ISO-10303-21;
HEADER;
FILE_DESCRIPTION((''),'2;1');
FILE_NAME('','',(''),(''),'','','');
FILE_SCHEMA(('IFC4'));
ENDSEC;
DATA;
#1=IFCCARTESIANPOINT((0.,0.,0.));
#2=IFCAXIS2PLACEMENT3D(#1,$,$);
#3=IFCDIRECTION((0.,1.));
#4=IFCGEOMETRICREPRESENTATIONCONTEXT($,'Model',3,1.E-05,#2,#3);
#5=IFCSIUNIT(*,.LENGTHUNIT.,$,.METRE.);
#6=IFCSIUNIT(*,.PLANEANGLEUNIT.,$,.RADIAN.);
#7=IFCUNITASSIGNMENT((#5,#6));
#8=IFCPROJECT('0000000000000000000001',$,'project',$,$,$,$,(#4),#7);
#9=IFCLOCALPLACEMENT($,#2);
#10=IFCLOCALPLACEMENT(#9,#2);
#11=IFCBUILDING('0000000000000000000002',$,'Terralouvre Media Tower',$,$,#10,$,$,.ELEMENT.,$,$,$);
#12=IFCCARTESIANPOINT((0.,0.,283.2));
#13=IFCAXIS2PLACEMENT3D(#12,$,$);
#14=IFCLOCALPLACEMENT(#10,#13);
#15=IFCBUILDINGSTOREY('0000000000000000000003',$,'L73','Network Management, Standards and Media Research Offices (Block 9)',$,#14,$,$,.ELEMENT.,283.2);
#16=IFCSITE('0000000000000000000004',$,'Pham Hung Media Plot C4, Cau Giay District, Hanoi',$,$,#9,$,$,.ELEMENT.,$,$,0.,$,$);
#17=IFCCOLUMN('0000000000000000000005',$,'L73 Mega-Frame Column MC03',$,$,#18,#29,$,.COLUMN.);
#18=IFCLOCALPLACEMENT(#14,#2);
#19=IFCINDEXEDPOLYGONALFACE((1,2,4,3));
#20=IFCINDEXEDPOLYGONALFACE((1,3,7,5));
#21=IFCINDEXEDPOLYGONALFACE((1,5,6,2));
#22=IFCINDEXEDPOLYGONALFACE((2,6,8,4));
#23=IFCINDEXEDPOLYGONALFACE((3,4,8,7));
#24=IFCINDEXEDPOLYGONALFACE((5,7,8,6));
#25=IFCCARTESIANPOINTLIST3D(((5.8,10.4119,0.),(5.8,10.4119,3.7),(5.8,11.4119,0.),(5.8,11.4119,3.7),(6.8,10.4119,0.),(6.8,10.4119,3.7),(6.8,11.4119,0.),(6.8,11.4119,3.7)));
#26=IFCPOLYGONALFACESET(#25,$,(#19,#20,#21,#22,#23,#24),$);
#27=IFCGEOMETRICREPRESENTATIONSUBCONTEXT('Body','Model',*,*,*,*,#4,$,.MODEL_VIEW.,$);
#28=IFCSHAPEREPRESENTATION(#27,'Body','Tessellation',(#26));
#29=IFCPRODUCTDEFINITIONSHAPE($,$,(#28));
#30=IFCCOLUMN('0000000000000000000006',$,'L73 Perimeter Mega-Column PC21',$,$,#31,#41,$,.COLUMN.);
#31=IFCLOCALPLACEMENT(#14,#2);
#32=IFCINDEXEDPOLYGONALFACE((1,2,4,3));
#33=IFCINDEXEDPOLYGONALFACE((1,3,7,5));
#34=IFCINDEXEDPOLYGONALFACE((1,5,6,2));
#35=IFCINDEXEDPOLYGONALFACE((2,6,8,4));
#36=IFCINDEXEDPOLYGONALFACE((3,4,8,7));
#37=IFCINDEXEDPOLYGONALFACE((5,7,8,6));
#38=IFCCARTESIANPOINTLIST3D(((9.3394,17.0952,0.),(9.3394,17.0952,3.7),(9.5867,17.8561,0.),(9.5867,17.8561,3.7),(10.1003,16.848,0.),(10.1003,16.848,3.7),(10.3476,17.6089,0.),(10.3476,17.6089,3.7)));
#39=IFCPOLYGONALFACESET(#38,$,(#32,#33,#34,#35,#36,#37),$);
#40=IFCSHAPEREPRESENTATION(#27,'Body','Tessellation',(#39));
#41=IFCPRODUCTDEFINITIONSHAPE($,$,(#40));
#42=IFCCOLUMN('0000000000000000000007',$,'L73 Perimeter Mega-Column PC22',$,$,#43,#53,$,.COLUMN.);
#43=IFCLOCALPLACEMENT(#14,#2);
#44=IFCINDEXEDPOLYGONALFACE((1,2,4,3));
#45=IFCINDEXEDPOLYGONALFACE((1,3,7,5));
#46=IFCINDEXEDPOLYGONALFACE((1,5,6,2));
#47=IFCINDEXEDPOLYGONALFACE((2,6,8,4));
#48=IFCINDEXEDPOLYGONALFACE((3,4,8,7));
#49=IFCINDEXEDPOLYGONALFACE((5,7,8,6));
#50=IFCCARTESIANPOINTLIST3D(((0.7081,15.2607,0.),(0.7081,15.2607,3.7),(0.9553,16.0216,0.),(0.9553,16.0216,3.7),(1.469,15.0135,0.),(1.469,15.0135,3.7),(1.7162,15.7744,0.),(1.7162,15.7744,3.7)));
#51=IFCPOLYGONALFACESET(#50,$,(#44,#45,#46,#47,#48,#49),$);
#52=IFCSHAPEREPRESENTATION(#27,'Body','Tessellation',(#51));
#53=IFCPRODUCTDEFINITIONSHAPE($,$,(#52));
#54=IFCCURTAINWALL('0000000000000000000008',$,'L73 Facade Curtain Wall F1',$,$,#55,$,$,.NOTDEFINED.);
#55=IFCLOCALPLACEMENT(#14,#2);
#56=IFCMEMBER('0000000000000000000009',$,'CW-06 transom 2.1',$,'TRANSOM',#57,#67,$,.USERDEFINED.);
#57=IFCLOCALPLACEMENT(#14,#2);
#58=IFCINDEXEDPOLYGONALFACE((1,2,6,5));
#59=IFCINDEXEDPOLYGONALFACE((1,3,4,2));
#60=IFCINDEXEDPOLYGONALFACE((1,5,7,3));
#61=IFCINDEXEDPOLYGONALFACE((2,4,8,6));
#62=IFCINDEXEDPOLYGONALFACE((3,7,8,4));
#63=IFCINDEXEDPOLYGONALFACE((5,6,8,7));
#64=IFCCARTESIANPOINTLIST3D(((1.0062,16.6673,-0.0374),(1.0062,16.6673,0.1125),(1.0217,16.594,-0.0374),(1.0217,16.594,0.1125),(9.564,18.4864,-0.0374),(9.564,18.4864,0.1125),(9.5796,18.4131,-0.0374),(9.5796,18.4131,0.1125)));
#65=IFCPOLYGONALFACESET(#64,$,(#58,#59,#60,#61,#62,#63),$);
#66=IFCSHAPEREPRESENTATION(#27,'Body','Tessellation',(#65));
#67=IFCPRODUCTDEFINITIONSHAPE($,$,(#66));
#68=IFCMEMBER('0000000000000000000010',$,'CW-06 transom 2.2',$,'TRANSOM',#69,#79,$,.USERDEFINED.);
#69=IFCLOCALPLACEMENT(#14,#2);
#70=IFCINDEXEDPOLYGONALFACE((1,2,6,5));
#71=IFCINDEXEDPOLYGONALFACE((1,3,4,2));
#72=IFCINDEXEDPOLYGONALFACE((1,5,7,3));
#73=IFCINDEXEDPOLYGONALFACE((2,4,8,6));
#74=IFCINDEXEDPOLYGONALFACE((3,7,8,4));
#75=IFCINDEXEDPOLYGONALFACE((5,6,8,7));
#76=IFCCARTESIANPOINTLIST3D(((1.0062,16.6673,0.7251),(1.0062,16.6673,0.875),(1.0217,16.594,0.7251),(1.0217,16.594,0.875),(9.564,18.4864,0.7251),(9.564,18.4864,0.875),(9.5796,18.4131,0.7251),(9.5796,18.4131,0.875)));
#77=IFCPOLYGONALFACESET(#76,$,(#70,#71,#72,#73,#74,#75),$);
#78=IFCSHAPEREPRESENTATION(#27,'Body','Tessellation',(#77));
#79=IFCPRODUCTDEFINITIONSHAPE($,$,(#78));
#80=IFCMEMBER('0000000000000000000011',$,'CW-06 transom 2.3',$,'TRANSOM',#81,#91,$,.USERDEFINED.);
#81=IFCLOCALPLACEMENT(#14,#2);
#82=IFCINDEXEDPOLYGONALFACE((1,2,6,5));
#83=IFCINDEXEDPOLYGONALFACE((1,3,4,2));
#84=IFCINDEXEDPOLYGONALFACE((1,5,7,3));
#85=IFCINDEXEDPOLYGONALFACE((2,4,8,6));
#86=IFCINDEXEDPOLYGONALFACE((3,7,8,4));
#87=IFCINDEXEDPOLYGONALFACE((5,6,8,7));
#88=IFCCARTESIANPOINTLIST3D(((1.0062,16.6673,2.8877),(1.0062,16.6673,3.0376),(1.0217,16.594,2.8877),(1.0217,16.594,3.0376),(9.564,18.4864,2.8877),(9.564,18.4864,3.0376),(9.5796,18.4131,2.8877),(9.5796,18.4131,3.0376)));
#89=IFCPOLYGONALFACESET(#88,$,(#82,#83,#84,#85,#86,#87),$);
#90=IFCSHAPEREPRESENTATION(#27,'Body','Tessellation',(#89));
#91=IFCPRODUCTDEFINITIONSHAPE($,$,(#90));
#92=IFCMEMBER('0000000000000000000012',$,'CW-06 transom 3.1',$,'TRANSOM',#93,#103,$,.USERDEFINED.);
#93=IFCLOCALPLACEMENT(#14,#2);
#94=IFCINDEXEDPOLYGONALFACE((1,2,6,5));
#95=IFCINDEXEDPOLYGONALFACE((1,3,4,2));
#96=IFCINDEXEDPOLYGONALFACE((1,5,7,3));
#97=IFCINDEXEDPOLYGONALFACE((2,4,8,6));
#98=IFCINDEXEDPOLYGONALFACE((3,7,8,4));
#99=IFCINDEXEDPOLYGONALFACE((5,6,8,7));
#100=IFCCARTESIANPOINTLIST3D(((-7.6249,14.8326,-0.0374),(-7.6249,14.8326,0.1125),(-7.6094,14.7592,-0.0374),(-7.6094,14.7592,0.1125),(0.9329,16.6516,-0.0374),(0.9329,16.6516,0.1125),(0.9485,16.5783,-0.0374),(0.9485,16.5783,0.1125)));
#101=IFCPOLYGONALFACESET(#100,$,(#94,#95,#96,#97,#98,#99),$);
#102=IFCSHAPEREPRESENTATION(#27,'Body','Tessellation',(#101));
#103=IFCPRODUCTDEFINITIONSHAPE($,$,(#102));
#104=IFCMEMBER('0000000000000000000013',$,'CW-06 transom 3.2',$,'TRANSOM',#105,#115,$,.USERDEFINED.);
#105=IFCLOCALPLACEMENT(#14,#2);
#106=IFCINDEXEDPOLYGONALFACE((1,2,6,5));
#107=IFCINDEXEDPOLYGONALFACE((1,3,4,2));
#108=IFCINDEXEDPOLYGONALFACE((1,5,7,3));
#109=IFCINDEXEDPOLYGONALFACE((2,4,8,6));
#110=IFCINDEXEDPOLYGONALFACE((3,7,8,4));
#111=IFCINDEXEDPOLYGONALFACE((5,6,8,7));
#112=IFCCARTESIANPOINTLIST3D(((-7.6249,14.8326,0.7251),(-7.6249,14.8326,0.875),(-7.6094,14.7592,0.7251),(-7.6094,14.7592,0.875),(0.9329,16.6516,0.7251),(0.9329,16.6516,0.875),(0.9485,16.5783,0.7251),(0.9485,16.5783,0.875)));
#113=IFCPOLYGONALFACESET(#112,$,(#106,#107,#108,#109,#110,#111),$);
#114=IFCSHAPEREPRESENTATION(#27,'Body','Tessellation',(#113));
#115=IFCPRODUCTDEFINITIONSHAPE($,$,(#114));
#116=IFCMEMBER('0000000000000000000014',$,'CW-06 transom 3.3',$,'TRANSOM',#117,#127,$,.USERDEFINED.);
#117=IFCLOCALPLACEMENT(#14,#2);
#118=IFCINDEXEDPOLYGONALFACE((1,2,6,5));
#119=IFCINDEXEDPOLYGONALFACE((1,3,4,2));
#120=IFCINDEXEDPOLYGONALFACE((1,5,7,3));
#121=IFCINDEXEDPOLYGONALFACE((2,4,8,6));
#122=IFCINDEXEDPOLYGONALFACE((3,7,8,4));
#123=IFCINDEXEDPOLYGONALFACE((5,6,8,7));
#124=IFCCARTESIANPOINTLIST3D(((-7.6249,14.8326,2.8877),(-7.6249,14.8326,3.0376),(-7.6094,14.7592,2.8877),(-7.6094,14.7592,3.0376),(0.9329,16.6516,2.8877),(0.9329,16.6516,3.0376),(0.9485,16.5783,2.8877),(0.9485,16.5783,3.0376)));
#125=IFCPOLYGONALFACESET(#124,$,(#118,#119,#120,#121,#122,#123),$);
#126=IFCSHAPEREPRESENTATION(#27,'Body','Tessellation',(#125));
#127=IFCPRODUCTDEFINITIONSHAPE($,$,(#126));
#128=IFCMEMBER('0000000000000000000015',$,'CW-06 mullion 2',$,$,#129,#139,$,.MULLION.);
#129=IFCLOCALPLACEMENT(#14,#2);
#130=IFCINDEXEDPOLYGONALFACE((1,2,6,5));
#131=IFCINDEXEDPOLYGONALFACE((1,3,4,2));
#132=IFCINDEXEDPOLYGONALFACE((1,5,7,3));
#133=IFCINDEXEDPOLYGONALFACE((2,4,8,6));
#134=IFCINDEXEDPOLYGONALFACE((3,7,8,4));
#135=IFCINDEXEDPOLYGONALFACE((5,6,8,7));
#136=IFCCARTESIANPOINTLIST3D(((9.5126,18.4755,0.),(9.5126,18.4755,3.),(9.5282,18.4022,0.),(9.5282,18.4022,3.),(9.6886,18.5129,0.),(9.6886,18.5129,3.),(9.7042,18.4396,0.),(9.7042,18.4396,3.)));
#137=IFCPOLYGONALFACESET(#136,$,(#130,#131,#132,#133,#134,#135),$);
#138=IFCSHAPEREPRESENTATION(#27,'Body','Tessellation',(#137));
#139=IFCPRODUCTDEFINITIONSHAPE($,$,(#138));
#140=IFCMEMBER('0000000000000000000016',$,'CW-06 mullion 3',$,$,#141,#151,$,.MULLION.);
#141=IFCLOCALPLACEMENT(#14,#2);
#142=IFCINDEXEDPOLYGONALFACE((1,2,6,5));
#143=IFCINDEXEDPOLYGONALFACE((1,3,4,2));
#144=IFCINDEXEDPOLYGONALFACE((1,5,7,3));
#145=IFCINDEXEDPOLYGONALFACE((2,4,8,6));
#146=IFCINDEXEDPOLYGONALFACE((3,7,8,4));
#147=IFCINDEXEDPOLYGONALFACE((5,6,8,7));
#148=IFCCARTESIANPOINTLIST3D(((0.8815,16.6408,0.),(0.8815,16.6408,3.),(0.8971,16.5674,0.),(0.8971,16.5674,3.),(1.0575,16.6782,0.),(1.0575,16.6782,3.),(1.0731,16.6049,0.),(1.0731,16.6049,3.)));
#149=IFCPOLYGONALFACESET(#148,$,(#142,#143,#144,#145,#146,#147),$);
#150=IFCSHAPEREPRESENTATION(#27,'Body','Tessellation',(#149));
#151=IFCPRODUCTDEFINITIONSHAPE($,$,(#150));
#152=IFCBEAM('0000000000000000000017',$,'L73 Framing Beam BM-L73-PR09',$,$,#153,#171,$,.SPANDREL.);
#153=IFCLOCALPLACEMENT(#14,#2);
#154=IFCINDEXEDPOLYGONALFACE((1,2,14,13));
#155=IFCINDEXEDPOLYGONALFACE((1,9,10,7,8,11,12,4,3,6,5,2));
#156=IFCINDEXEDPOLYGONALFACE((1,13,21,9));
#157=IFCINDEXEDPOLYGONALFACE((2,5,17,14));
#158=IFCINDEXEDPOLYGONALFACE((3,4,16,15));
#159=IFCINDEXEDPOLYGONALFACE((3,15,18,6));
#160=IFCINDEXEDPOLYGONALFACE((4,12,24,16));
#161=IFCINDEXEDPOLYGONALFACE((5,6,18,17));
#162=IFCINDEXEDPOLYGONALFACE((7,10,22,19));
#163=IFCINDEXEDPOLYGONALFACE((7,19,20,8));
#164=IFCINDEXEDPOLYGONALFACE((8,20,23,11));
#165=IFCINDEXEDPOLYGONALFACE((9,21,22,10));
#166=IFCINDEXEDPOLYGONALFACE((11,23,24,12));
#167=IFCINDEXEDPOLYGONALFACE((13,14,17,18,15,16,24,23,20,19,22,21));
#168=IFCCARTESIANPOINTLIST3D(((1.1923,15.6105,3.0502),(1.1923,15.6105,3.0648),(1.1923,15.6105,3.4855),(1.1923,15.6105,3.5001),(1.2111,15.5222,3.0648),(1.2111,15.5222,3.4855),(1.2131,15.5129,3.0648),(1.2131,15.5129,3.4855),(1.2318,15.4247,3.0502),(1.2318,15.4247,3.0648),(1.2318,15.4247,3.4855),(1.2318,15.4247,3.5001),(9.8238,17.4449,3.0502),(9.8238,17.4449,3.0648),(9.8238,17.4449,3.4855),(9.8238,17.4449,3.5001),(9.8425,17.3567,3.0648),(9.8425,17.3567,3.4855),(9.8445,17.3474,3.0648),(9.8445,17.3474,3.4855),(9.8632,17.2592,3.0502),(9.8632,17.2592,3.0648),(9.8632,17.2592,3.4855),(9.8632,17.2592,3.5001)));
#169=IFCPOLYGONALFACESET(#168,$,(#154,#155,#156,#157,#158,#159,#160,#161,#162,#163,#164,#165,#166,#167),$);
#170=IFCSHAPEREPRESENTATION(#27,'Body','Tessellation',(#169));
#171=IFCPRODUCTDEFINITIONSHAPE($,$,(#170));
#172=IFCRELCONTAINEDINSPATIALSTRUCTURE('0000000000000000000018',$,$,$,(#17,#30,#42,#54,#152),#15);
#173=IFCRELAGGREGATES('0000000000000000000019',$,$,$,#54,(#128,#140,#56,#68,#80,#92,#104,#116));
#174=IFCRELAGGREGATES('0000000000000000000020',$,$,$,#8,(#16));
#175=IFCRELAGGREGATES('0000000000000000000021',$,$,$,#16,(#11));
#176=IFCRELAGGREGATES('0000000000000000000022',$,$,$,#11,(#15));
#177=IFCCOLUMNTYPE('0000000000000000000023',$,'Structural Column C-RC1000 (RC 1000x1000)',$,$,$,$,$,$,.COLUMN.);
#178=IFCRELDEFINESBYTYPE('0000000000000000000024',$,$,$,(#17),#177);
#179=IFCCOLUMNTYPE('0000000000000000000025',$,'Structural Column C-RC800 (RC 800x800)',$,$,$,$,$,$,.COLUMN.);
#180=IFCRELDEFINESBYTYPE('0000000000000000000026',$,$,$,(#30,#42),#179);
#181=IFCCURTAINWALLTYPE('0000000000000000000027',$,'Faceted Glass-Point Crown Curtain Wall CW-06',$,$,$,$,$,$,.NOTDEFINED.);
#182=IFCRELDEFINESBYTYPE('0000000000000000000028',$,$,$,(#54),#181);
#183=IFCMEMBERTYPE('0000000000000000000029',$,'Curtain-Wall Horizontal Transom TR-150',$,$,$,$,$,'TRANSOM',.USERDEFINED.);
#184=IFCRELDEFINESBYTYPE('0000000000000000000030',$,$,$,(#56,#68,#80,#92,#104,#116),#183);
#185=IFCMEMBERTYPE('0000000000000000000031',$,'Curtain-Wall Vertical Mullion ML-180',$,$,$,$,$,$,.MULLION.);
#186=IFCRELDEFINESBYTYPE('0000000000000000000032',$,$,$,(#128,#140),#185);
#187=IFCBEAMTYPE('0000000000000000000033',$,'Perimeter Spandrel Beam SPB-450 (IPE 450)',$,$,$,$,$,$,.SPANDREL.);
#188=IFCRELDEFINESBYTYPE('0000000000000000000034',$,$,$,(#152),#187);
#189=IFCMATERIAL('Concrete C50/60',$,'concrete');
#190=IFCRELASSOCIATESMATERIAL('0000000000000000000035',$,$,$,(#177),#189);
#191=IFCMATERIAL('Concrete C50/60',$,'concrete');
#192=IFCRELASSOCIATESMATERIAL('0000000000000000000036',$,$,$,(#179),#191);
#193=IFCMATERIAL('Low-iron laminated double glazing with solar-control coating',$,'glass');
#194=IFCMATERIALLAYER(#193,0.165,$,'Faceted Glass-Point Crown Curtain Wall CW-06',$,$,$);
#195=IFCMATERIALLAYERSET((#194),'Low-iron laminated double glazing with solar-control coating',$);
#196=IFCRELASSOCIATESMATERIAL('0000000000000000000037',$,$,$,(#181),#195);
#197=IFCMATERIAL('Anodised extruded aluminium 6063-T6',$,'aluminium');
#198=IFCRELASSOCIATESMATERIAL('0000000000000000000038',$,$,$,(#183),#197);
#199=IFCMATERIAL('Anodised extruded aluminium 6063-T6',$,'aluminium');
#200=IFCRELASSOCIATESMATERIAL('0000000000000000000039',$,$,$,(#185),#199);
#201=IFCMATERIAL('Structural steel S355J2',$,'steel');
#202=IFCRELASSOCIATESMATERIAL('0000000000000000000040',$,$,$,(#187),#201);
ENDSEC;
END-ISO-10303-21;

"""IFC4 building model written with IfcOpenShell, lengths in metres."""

from ifc_helpers import new_model, si_unit, direction, frame, origin, origin_2d, place, context, subcontext, project, spatial, rectangle, i_section, extrude, material, layer, layer_set, material_profile, profile_set, type_object, element, aggregate, save


model = new_model("IFC4")

# Units and contexts
model_context = context("Model", 3, precision=1e-05, world=origin(), true_north=direction((0.0, 1.0)))
body_context = subcontext(model_context, "Body", "Model", "MODEL_VIEW")
ifc_project = project(units=[si_unit("LENGTHUNIT", "METRE"), si_unit("PLANEANGLEUNIT", "RADIAN")], contexts=[model_context])

# Site, building, storey
site_placement = place(None, origin())
site = spatial("IfcSite", under=ifc_project, at=site_placement, Name="Pham Hung Media Plot C4, Cau Giay District, Hanoi", CompositionType="ELEMENT", RefElevation=0.0)
building_placement = place(site_placement, origin())
building = spatial("IfcBuilding", under=site, at=building_placement, Name="Terralouvre Media Tower", CompositionType="ELEMENT")
storey_placement = place(building_placement, frame((0.0, 0.0, 283.2)))
storey = spatial("IfcBuildingStorey", under=building, at=storey_placement, Name="L73", Description="Network Management, Standards and Media Research Offices (Block 9)", CompositionType="ELEMENT", Elevation=283.2)

# Columns
ifc_material_1 = material(Name="Concrete C50/60", Category="concrete")
ifc_material_profile_1 = material_profile(ifc_material_1, rectangle(XDim=1.0, YDim=1.0, at=origin_2d()), Name="RC 1000x1000")
ifc_profile_set_1 = profile_set([ifc_material_profile_1], Name="Concrete C50/60")
column_type_1 = type_object("IfcColumnType", Name="Structural Column C-RC1000 (RC 1000x1000)", PredefinedType="COLUMN", material=ifc_profile_set_1)
column_placement = place(storey_placement, frame((6.3, 10.9119, 0.0), z_axis=(0.0, 0.0, 1.0), x_axis=(1.0, 0.0, 0.0)))
element("IfcColumn", 1, at=column_placement, inside=storey, type_object=column_type_1, Name="L73 Mega-Frame Column MC03", PredefinedType="COLUMN", context=body_context, shape_type="SweptSolid", body=[
    extrude(rectangle(XDim=1.0, YDim=1.0, at=origin_2d()), origin(), (0.0, 0.0, 1.0), 3.7),
])
ifc_material_2 = material(Name="Concrete C50/60", Category="concrete")
ifc_material_profile_2 = material_profile(ifc_material_2, rectangle(XDim=0.8, YDim=0.8, at=origin_2d()), Name="RC 800x800")
ifc_profile_set_2 = profile_set([ifc_material_profile_2], Name="Concrete C50/60")
column_type_2 = type_object("IfcColumnType", Name="Structural Column C-RC800 (RC 800x800)", PredefinedType="COLUMN", material=ifc_profile_set_2)
for number, where, z_axis, x_axis, name in (
    (2, (9.8435, 17.3521, 0.0), (0.0, 0.0, 1.0), (0.309017, 0.951057, 0.0), "L73 Perimeter Mega-Column PC21"),
    (3, (1.2122, 15.5176, 0.0), (0.0, 0.0, 1.0), (0.309017, 0.951057, 0.0), "L73 Perimeter Mega-Column PC22"),
):
    element("IfcColumn", number, at=place(storey_placement, frame(where, z_axis=z_axis, x_axis=x_axis)), inside=storey, type_object=column_type_2, Name=name, PredefinedType="COLUMN", context=body_context, shape_type="SweptSolid", body=[
        extrude(rectangle(XDim=0.8, YDim=0.8, at=origin_2d()), origin(), (0.0, 0.0, 1.0), 3.7),
    ])

# Curtain wall, members
ifc_material_3 = material(Name="Low-iron laminated double glazing with solar-control coating", Category="glass")
ifc_layer_1 = layer(ifc_material_3, 0.165, Name="Faceted Glass-Point Crown Curtain Wall CW-06")
ifc_layer_set_1 = layer_set([ifc_layer_1], Name="Low-iron laminated double glazing with solar-control coating")
curtain_wall_type = type_object("IfcCurtainWallType", Name="Faceted Glass-Point Crown Curtain Wall CW-06", PredefinedType="NOTDEFINED", material=ifc_layer_set_1)
curtain_wall_placement = place(storey_placement, origin())
curtain_wall = element("IfcCurtainWall", 4, at=curtain_wall_placement, inside=storey, type_object=curtain_wall_type, Name="L73 Facade Curtain Wall F1", PredefinedType="NOTDEFINED")
ifc_material_4 = material(Name="Anodised extruded aluminium 6063-T6", Category="aluminium")
ifc_material_profile_3 = material_profile(ifc_material_4, rectangle(XDim=0.075, YDim=0.1499, at=origin_2d()), Name="ALU 75x150")
ifc_profile_set_3 = profile_set([ifc_material_profile_3], Name="Anodised extruded aluminium 6063-T6")
member_type_1 = type_object("IfcMemberType", Name="Curtain-Wall Horizontal Transom TR-150", ElementType="TRANSOM", PredefinedType="USERDEFINED", material=ifc_profile_set_3)
member_1_placement = place(storey_placement, frame((9.5718, 18.4497, 0.0376), z_axis=(-0.978146, -0.207918, 0.0), x_axis=(0.207918, -0.978146, 0.0)))
member_1 = element("IfcMember", 5, at=member_1_placement, type_object=member_type_1, Name="CW-06 transom 2.1", ObjectType="TRANSOM", PredefinedType="USERDEFINED", context=body_context, shape_type="SweptSolid", body=[
    extrude(rectangle(XDim=0.075, YDim=0.1499, at=origin_2d()), origin(), (0.0, 0.0, 1.0), 8.749),
])
member_2_placement = place(storey_placement, frame((9.5718, 18.4497, 0.8), z_axis=(-0.978146, -0.207918, 0.0), x_axis=(0.207918, -0.978146, 0.0)))
member_2 = element("IfcMember", 6, at=member_2_placement, type_object=member_type_1, Name="CW-06 transom 2.2", ObjectType="TRANSOM", PredefinedType="USERDEFINED", context=body_context, shape_type="SweptSolid", body=[
    extrude(rectangle(XDim=0.075, YDim=0.1499, at=origin_2d()), origin(), (0.0, 0.0, 1.0), 8.749),
])
member_3_placement = place(storey_placement, frame((9.5718, 18.4497, 2.9626), z_axis=(-0.978146, -0.207918, 0.0), x_axis=(0.207918, -0.978146, 0.0)))
member_3 = element("IfcMember", 7, at=member_3_placement, type_object=member_type_1, Name="CW-06 transom 2.3", ObjectType="TRANSOM", PredefinedType="USERDEFINED", context=body_context, shape_type="SweptSolid", body=[
    extrude(rectangle(XDim=0.075, YDim=0.1499, at=origin_2d()), origin(), (0.0, 0.0, 1.0), 8.749),
])
member_4_placement = place(storey_placement, frame((0.9407, 16.615, 0.0376), z_axis=(-0.978146, -0.207918, 0.0), x_axis=(0.207918, -0.978146, 0.0)))
member_4 = element("IfcMember", 8, at=member_4_placement, type_object=member_type_1, Name="CW-06 transom 3.1", ObjectType="TRANSOM", PredefinedType="USERDEFINED", context=body_context, shape_type="SweptSolid", body=[
    extrude(rectangle(XDim=0.075, YDim=0.1499, at=origin_2d()), origin(), (0.0, 0.0, 1.0), 8.749),
])
member_5_placement = place(storey_placement, frame((0.9407, 16.615, 0.8), z_axis=(-0.978146, -0.207918, 0.0), x_axis=(0.207918, -0.978146, 0.0)))
member_5 = element("IfcMember", 9, at=member_5_placement, type_object=member_type_1, Name="CW-06 transom 3.2", ObjectType="TRANSOM", PredefinedType="USERDEFINED", context=body_context, shape_type="SweptSolid", body=[
    extrude(rectangle(XDim=0.075, YDim=0.1499, at=origin_2d()), origin(), (0.0, 0.0, 1.0), 8.749),
])
member_6_placement = place(storey_placement, frame((0.9407, 16.615, 2.9626), z_axis=(-0.978146, -0.207918, 0.0), x_axis=(0.207918, -0.978146, 0.0)))
member_6 = element("IfcMember", 10, at=member_6_placement, type_object=member_type_1, Name="CW-06 transom 3.3", ObjectType="TRANSOM", PredefinedType="USERDEFINED", context=body_context, shape_type="SweptSolid", body=[
    extrude(rectangle(XDim=0.075, YDim=0.1499, at=origin_2d()), origin(), (0.0, 0.0, 1.0), 8.749),
])
ifc_material_5 = material(Name="Anodised extruded aluminium 6063-T6", Category="aluminium")
ifc_material_profile_4 = material_profile(ifc_material_5, rectangle(XDim=0.075, YDim=0.1799, at=origin_2d()), Name="ALU 75x180")
ifc_profile_set_4 = profile_set([ifc_material_profile_4], Name="Anodised extruded aluminium 6063-T6")
member_type_2 = type_object("IfcMemberType", Name="Curtain-Wall Vertical Mullion ML-180", PredefinedType="MULLION", material=ifc_profile_set_4)
member_7_placement = place(storey_placement, frame((9.6084, 18.4575, 0.0), z_axis=(0.0, 0.0, 1.0), x_axis=(0.207912, -0.978148, 0.0)))
member_7 = element("IfcMember", 11, at=member_7_placement, type_object=member_type_2, Name="CW-06 mullion 2", PredefinedType="MULLION", context=body_context, shape_type="SweptSolid", body=[
    extrude(rectangle(XDim=0.075, YDim=0.1799, at=origin_2d()), origin(), (0.0, 0.0, 1.0), 3.0),
])
member_8_placement = place(storey_placement, frame((0.9773, 16.6228, 0.0), z_axis=(0.0, 0.0, 1.0), x_axis=(0.207912, -0.978148, 0.0)))
member_8 = element("IfcMember", 12, at=member_8_placement, type_object=member_type_2, Name="CW-06 mullion 3", PredefinedType="MULLION", context=body_context, shape_type="SweptSolid", body=[
    extrude(rectangle(XDim=0.075, YDim=0.1799, at=origin_2d()), origin(), (0.0, 0.0, 1.0), 3.0),
])

# Beam
ifc_material_6 = material(Name="Structural steel S355J2", Category="steel")
ifc_material_profile_5 = material_profile(ifc_material_6, i_section(OverallWidth=0.1899, OverallDepth=0.45, WebThickness=0.0095, FlangeThickness=0.0146, at=origin_2d()), Name="IPE 450")
ifc_profile_set_5 = profile_set([ifc_material_profile_5], Name="Structural steel S355J2")
beam_type_1 = type_object("IfcBeamType", Name="Perimeter Spandrel Beam SPB-450 (IPE 450)", PredefinedType="SPANDREL", material=ifc_profile_set_5)
beam_1_placement = place(storey_placement, frame((9.8435, 17.3521, 3.2751), z_axis=(-0.978152, -0.207893, 0.0), x_axis=(0.207893, -0.978152, 0.0)))
element("IfcBeam", 13, at=beam_1_placement, inside=storey, type_object=beam_type_1, Name="L73 Framing Beam BM-L73-PR09", PredefinedType="SPANDREL", context=body_context, shape_type="SweptSolid", body=[
    extrude(i_section(OverallWidth=0.1899, OverallDepth=0.45, WebThickness=0.0095, FlangeThickness=0.0146, at=origin_2d()), origin(), (0.0, 0.0, 1.0), 8.8242),
])

aggregate(curtain_wall, [member_7, member_8, member_1, member_2, member_3, member_4, member_5, member_6])

save(model, "model.ifc")
